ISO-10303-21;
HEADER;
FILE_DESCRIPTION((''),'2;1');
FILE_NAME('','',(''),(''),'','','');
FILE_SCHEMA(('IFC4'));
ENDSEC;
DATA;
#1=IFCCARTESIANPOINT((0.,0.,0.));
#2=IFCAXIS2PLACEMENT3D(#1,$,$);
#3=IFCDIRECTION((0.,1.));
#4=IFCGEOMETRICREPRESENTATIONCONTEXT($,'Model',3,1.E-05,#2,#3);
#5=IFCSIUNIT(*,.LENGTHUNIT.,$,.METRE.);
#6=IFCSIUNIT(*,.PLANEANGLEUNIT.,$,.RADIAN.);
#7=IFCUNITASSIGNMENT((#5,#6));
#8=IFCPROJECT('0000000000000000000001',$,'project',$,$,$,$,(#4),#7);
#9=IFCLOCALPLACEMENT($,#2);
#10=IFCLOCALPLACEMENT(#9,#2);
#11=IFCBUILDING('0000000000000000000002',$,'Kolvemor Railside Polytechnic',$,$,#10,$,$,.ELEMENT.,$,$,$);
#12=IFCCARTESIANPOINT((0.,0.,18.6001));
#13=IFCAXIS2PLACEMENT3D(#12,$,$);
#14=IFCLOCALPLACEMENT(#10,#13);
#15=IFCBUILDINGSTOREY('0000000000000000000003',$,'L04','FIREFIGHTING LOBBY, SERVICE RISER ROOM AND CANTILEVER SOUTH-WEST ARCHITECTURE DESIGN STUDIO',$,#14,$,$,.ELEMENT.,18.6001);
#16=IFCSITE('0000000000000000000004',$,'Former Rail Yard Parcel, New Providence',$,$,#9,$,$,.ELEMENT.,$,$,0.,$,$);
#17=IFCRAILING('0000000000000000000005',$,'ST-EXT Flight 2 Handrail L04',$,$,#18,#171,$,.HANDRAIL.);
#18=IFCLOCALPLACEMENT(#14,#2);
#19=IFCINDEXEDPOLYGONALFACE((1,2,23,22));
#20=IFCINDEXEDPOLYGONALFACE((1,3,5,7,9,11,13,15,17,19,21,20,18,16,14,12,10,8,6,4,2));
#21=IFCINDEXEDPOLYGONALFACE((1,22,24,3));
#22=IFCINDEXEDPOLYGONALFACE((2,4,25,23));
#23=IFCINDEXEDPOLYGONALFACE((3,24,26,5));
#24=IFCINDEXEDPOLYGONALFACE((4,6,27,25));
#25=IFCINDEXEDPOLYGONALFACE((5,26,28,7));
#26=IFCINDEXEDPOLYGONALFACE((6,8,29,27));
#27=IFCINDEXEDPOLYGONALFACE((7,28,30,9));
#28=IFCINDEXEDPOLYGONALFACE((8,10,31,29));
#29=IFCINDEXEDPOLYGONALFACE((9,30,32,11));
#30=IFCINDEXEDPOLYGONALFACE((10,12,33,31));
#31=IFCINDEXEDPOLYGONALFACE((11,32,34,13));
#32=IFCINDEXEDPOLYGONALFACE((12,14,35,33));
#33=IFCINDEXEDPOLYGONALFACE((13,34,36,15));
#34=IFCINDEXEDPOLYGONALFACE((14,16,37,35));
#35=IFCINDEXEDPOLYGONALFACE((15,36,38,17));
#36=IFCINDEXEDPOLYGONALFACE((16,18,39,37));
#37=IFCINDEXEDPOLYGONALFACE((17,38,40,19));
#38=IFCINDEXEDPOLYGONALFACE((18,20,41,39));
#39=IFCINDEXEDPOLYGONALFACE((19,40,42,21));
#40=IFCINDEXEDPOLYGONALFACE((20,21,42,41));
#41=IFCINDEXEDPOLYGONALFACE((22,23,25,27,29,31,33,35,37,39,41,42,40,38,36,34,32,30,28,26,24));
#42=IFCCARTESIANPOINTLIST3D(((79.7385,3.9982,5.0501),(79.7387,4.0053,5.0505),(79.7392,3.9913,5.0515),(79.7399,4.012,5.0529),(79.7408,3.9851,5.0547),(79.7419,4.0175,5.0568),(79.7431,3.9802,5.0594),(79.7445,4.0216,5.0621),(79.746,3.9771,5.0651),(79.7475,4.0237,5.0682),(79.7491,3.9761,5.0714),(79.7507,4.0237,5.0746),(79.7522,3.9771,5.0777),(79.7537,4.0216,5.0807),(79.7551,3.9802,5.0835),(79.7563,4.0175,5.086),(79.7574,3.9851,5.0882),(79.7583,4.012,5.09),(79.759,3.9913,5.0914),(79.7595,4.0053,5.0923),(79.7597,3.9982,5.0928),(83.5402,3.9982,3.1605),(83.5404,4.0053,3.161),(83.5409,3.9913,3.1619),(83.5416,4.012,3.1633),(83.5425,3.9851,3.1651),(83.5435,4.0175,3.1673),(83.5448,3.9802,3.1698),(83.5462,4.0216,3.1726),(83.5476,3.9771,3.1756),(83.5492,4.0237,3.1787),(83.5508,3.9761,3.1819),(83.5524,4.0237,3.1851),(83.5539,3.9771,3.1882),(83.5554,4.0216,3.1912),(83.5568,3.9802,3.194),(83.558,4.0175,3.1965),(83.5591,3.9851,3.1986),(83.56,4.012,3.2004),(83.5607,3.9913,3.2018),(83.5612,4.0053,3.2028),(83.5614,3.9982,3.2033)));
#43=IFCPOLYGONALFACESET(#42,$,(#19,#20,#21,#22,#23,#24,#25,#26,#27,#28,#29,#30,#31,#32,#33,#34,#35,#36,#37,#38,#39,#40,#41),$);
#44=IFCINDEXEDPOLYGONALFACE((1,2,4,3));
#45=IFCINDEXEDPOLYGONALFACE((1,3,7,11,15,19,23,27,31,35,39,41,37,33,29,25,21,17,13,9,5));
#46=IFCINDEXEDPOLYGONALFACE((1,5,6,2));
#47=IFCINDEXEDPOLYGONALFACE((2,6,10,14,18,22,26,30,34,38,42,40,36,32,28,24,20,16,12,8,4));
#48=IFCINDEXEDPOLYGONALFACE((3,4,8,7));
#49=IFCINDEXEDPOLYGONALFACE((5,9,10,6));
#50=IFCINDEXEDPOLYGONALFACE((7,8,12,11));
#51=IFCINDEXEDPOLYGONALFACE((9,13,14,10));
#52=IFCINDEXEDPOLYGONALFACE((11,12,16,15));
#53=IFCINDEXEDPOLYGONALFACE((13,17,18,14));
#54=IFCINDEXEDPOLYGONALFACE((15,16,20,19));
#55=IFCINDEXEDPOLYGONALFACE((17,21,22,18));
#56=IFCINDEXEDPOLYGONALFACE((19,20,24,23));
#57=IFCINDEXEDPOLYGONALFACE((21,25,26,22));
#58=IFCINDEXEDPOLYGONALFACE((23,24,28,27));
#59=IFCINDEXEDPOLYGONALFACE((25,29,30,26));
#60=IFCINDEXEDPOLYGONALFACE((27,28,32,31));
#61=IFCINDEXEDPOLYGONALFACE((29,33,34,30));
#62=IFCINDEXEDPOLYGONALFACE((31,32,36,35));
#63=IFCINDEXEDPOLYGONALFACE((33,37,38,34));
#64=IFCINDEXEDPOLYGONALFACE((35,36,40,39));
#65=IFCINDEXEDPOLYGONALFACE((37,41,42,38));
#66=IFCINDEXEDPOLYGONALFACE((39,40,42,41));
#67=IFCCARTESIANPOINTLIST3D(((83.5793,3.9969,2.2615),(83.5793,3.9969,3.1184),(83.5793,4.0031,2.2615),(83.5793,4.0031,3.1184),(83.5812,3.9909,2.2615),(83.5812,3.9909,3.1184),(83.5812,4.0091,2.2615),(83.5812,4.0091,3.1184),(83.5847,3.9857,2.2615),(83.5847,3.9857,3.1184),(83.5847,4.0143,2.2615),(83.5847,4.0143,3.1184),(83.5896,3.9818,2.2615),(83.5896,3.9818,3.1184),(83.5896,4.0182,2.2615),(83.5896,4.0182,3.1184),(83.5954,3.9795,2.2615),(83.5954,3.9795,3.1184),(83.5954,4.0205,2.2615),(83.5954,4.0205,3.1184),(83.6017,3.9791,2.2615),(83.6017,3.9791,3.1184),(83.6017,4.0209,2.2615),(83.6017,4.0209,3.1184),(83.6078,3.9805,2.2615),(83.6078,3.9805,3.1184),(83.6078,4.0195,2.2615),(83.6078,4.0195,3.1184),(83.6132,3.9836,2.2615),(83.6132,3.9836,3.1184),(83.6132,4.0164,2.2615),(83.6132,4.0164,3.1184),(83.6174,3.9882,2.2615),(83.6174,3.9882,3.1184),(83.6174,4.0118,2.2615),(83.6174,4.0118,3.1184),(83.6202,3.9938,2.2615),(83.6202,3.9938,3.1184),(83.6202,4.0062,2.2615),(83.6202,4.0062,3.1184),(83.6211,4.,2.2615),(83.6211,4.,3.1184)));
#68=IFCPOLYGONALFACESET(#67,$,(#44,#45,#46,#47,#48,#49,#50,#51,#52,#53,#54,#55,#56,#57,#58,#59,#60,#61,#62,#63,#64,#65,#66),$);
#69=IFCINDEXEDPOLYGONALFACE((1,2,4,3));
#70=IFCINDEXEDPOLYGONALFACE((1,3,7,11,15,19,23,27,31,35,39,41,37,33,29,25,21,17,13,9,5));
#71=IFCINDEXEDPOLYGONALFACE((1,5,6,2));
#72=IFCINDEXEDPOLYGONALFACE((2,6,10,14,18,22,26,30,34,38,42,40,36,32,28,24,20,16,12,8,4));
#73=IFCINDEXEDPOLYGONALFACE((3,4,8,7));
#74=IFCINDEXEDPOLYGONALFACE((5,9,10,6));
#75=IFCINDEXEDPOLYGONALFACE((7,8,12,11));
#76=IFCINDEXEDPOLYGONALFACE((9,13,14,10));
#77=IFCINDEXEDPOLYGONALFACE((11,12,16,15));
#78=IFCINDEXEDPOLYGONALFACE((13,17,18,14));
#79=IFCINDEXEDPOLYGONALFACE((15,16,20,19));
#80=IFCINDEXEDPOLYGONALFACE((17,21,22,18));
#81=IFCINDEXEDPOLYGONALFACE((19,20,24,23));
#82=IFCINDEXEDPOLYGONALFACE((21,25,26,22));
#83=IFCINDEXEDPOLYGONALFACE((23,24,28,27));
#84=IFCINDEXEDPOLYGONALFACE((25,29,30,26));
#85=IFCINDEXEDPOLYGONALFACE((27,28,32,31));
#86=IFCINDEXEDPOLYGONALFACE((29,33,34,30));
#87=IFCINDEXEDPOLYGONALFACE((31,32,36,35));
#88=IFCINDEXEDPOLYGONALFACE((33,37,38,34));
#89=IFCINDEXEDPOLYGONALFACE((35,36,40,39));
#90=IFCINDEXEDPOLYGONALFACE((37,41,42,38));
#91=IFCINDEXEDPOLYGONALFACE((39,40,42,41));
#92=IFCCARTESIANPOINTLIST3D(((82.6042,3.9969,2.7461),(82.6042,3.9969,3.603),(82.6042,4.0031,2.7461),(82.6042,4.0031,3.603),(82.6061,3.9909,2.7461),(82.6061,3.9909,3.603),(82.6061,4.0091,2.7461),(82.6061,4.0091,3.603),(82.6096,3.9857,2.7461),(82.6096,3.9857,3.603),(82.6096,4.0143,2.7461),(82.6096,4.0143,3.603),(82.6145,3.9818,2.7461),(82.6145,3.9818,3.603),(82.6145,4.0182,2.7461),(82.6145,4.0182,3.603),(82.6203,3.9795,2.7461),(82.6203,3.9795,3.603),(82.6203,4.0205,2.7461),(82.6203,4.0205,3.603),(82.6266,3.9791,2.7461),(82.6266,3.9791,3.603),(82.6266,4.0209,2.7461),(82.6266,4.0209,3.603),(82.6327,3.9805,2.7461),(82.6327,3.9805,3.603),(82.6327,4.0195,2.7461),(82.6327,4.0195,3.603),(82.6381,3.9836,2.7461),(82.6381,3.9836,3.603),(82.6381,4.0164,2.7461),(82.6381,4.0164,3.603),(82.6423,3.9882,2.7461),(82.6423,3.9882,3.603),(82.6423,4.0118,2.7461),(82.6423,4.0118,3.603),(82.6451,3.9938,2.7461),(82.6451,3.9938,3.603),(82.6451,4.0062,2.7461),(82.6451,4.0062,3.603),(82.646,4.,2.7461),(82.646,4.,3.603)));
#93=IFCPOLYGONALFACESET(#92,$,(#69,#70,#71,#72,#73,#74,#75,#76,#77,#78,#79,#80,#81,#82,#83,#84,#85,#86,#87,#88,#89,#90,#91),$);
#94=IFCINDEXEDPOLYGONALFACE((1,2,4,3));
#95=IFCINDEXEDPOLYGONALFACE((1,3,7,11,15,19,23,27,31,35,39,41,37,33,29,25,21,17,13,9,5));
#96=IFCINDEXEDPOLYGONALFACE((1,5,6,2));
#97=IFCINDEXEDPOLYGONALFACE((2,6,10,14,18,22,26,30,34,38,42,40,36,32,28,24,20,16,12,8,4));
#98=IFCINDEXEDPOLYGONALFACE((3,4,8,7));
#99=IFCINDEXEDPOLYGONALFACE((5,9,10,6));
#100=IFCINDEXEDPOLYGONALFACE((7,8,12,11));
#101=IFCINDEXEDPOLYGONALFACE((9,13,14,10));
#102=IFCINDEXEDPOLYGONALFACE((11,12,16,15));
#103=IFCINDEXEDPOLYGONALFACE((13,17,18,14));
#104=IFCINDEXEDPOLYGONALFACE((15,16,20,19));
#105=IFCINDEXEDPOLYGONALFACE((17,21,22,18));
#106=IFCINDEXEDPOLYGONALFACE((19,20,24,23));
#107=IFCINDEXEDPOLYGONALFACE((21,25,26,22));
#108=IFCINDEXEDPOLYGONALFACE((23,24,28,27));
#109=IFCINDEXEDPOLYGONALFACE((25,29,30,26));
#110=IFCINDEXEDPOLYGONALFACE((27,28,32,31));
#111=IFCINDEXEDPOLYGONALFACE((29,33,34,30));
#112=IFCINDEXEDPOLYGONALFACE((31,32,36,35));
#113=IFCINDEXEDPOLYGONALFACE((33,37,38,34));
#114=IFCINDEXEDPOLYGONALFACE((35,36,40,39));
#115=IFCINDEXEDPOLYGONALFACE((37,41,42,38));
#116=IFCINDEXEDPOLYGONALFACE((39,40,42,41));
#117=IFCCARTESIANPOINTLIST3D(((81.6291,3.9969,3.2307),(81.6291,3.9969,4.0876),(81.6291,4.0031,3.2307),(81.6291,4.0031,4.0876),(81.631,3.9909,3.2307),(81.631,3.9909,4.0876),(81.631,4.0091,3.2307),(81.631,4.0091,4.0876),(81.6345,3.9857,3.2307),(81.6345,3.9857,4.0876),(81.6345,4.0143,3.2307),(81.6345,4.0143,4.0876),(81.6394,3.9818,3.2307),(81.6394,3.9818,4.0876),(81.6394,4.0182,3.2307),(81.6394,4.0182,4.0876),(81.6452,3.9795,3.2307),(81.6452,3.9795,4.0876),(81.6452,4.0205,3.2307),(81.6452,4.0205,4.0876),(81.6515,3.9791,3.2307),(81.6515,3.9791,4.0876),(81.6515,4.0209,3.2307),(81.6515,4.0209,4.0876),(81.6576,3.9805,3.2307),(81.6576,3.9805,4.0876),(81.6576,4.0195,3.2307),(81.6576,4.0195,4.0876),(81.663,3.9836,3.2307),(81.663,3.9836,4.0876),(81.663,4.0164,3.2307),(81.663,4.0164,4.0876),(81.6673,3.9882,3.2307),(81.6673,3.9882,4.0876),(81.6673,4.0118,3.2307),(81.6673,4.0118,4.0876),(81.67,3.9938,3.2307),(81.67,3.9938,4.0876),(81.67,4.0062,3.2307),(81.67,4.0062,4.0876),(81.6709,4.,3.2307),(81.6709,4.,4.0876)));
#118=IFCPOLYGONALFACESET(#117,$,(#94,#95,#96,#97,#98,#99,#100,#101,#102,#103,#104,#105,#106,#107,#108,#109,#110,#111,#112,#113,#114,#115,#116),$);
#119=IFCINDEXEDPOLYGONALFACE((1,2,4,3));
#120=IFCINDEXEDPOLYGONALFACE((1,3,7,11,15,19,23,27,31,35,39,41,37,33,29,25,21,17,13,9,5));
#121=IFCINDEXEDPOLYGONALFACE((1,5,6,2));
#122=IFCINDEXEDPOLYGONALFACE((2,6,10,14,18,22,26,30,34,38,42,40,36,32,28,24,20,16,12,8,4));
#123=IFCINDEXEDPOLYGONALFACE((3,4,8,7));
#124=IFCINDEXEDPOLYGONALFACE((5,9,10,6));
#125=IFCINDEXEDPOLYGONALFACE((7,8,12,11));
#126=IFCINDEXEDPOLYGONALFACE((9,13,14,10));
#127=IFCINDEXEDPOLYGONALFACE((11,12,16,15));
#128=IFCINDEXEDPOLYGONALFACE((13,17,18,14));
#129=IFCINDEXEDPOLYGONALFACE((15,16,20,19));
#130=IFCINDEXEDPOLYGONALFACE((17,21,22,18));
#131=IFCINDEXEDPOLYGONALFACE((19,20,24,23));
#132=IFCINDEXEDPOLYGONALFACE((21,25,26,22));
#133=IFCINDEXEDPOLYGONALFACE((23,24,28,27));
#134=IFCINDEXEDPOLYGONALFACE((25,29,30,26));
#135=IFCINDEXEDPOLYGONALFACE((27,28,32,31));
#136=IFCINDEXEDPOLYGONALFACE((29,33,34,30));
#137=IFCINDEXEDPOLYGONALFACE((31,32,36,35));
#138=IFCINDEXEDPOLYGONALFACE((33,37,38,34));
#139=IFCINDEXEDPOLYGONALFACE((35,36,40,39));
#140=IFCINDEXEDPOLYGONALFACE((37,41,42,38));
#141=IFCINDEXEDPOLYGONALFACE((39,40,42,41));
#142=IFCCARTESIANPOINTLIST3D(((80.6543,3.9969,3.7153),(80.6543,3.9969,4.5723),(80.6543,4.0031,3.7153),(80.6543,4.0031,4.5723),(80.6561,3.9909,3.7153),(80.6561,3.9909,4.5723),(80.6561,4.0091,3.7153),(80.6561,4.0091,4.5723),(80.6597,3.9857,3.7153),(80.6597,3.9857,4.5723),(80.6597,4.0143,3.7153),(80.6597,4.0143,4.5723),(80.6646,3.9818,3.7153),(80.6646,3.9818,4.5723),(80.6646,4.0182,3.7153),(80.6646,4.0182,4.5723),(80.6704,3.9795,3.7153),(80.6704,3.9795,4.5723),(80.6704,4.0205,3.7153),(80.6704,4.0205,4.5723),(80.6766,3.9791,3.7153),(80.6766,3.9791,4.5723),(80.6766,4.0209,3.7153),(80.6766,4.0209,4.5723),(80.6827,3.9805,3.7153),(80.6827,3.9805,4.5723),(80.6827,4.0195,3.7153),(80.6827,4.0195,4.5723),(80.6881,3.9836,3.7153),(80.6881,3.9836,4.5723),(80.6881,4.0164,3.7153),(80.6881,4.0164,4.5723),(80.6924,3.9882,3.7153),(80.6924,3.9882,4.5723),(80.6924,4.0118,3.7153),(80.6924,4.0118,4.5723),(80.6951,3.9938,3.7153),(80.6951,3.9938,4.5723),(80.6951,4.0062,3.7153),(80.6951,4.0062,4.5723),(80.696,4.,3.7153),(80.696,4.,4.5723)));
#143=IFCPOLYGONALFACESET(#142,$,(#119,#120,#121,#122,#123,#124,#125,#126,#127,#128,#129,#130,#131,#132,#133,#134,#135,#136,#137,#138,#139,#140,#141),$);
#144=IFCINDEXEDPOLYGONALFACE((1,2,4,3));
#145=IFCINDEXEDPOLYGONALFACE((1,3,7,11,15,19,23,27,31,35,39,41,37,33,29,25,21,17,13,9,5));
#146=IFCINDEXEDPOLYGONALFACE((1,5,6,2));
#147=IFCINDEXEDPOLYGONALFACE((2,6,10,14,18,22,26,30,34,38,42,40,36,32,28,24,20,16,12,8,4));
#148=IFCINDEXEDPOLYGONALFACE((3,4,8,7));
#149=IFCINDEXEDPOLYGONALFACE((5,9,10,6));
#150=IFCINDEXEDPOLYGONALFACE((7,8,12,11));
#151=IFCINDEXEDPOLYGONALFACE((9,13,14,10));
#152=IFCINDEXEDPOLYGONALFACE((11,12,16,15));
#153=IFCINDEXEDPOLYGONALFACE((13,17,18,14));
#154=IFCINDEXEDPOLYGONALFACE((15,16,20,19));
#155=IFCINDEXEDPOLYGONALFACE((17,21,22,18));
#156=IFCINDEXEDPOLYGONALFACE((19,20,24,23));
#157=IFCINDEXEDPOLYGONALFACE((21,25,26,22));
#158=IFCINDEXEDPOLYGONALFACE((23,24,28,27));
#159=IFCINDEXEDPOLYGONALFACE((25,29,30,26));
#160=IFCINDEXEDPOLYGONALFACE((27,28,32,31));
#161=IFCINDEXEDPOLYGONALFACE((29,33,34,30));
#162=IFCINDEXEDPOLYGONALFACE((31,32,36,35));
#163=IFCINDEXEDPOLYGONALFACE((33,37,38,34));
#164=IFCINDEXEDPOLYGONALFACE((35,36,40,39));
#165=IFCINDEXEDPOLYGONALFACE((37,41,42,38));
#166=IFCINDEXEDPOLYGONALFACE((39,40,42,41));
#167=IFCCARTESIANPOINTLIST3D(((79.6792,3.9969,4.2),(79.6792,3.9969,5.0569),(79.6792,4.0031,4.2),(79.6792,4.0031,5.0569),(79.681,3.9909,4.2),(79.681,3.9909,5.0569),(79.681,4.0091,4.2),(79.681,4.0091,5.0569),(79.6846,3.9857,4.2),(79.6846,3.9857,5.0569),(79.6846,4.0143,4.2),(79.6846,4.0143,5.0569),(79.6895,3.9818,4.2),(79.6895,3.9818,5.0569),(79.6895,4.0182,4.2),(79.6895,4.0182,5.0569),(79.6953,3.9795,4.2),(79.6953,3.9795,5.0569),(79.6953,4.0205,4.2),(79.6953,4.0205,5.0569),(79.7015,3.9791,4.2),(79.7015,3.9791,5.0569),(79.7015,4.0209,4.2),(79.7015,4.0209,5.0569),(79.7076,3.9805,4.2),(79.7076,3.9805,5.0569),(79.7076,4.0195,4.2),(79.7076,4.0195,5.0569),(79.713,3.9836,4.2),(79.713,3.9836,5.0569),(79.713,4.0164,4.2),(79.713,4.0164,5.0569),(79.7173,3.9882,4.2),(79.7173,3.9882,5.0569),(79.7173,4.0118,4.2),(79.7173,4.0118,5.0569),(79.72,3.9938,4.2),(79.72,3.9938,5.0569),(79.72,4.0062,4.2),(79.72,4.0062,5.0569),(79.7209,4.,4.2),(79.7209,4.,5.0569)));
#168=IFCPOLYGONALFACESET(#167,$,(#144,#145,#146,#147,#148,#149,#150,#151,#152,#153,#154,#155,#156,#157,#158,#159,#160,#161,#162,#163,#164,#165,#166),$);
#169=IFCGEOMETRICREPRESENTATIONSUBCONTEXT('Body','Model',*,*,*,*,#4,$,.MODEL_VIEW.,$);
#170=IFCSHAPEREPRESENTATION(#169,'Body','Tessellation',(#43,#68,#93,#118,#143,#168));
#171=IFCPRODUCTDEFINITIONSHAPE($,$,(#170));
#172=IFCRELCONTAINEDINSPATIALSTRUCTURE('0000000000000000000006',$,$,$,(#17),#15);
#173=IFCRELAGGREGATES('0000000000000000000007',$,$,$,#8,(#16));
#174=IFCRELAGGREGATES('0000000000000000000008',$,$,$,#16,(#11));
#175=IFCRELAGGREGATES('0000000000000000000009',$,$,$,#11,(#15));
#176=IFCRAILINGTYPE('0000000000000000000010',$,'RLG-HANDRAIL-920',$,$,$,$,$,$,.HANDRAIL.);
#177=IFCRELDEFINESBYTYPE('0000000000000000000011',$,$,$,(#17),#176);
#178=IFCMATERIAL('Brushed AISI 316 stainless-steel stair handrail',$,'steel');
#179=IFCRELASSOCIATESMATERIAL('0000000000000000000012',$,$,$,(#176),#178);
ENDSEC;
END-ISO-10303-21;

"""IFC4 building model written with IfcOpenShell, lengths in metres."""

from ifc_helpers import new_model, si_unit, direction, frame, origin, origin_2d, place, context, subcontext, project, spatial, circle, extrude, material, type_object, element, save


model = new_model("IFC4")

# Units and contexts
model_context = context("Model", 3, precision=1e-05, world=origin(), true_north=direction((0.0, 1.0)))
body_context = subcontext(model_context, "Body", "Model", "MODEL_VIEW")
ifc_project = project(units=[si_unit("LENGTHUNIT", "METRE"), si_unit("PLANEANGLEUNIT", "RADIAN")], contexts=[model_context])

# Site, building, storey
site_placement = place(None, origin())
site = spatial("IfcSite", under=ifc_project, at=site_placement, Name="Former Rail Yard Parcel, New Providence", CompositionType="ELEMENT", RefElevation=0.0)
building_placement = place(site_placement, origin())
building = spatial("IfcBuilding", under=site, at=building_placement, Name="Kolvemor Railside Polytechnic", CompositionType="ELEMENT")
storey_placement = place(building_placement, frame((0.0, 0.0, 18.6001)))
storey = spatial("IfcBuildingStorey", under=building, at=storey_placement, Name="L04", Description="FIREFIGHTING LOBBY, SERVICE RISER ROOM AND CANTILEVER SOUTH-WEST ARCHITECTURE DESIGN STUDIO", CompositionType="ELEMENT", Elevation=18.6001)

# Railing
ifc_material_1 = material(Name="Brushed AISI 316 stainless-steel stair handrail", Category="steel")
railing_type_1 = type_object("IfcRailingType", Name="RLG-HANDRAIL-920", PredefinedType="HANDRAIL", material=ifc_material_1)
railing_1_placement = place(storey_placement, frame((83.6001, 4.0, 2.2615)))
element("IfcRailing", 1, at=railing_1_placement, inside=storey, type_object=railing_type_1, Name="ST-EXT Flight 2 Handrail L04", PredefinedType="HANDRAIL", context=body_context, shape_type="SweptSolid", body=[
    extrude(circle(Radius=0.0239, at=origin_2d()), frame((-0.0493, 0.0, 0.9204), z_axis=(-0.89549, 0.0, 0.445082), x_axis=(0.0, -1.0, 0.0)), (0.0, 0.0, 1.0), 4.2454),
    extrude(circle(Radius=0.021, at=origin_2d()), origin(), (0.0, 0.0, 1.0), 0.8569),
    extrude(circle(Radius=0.021, at=origin_2d()), frame((-0.9751, 0.0, 0.4846)), (0.0, 0.0, 1.0), 0.8569),
    extrude(circle(Radius=0.021, at=origin_2d()), frame((-1.9502, 0.0, 0.9692)), (0.0, 0.0, 1.0), 0.8569),
    extrude(circle(Radius=0.021, at=origin_2d()), frame((-2.925, 0.0, 1.4539)), (0.0, 0.0, 1.0), 0.8569),
    extrude(circle(Radius=0.021, at=origin_2d()), frame((-3.9001, 0.0, 1.9385)), (0.0, 0.0, 1.0), 0.8569),
])

save(model, "model.ifc")
